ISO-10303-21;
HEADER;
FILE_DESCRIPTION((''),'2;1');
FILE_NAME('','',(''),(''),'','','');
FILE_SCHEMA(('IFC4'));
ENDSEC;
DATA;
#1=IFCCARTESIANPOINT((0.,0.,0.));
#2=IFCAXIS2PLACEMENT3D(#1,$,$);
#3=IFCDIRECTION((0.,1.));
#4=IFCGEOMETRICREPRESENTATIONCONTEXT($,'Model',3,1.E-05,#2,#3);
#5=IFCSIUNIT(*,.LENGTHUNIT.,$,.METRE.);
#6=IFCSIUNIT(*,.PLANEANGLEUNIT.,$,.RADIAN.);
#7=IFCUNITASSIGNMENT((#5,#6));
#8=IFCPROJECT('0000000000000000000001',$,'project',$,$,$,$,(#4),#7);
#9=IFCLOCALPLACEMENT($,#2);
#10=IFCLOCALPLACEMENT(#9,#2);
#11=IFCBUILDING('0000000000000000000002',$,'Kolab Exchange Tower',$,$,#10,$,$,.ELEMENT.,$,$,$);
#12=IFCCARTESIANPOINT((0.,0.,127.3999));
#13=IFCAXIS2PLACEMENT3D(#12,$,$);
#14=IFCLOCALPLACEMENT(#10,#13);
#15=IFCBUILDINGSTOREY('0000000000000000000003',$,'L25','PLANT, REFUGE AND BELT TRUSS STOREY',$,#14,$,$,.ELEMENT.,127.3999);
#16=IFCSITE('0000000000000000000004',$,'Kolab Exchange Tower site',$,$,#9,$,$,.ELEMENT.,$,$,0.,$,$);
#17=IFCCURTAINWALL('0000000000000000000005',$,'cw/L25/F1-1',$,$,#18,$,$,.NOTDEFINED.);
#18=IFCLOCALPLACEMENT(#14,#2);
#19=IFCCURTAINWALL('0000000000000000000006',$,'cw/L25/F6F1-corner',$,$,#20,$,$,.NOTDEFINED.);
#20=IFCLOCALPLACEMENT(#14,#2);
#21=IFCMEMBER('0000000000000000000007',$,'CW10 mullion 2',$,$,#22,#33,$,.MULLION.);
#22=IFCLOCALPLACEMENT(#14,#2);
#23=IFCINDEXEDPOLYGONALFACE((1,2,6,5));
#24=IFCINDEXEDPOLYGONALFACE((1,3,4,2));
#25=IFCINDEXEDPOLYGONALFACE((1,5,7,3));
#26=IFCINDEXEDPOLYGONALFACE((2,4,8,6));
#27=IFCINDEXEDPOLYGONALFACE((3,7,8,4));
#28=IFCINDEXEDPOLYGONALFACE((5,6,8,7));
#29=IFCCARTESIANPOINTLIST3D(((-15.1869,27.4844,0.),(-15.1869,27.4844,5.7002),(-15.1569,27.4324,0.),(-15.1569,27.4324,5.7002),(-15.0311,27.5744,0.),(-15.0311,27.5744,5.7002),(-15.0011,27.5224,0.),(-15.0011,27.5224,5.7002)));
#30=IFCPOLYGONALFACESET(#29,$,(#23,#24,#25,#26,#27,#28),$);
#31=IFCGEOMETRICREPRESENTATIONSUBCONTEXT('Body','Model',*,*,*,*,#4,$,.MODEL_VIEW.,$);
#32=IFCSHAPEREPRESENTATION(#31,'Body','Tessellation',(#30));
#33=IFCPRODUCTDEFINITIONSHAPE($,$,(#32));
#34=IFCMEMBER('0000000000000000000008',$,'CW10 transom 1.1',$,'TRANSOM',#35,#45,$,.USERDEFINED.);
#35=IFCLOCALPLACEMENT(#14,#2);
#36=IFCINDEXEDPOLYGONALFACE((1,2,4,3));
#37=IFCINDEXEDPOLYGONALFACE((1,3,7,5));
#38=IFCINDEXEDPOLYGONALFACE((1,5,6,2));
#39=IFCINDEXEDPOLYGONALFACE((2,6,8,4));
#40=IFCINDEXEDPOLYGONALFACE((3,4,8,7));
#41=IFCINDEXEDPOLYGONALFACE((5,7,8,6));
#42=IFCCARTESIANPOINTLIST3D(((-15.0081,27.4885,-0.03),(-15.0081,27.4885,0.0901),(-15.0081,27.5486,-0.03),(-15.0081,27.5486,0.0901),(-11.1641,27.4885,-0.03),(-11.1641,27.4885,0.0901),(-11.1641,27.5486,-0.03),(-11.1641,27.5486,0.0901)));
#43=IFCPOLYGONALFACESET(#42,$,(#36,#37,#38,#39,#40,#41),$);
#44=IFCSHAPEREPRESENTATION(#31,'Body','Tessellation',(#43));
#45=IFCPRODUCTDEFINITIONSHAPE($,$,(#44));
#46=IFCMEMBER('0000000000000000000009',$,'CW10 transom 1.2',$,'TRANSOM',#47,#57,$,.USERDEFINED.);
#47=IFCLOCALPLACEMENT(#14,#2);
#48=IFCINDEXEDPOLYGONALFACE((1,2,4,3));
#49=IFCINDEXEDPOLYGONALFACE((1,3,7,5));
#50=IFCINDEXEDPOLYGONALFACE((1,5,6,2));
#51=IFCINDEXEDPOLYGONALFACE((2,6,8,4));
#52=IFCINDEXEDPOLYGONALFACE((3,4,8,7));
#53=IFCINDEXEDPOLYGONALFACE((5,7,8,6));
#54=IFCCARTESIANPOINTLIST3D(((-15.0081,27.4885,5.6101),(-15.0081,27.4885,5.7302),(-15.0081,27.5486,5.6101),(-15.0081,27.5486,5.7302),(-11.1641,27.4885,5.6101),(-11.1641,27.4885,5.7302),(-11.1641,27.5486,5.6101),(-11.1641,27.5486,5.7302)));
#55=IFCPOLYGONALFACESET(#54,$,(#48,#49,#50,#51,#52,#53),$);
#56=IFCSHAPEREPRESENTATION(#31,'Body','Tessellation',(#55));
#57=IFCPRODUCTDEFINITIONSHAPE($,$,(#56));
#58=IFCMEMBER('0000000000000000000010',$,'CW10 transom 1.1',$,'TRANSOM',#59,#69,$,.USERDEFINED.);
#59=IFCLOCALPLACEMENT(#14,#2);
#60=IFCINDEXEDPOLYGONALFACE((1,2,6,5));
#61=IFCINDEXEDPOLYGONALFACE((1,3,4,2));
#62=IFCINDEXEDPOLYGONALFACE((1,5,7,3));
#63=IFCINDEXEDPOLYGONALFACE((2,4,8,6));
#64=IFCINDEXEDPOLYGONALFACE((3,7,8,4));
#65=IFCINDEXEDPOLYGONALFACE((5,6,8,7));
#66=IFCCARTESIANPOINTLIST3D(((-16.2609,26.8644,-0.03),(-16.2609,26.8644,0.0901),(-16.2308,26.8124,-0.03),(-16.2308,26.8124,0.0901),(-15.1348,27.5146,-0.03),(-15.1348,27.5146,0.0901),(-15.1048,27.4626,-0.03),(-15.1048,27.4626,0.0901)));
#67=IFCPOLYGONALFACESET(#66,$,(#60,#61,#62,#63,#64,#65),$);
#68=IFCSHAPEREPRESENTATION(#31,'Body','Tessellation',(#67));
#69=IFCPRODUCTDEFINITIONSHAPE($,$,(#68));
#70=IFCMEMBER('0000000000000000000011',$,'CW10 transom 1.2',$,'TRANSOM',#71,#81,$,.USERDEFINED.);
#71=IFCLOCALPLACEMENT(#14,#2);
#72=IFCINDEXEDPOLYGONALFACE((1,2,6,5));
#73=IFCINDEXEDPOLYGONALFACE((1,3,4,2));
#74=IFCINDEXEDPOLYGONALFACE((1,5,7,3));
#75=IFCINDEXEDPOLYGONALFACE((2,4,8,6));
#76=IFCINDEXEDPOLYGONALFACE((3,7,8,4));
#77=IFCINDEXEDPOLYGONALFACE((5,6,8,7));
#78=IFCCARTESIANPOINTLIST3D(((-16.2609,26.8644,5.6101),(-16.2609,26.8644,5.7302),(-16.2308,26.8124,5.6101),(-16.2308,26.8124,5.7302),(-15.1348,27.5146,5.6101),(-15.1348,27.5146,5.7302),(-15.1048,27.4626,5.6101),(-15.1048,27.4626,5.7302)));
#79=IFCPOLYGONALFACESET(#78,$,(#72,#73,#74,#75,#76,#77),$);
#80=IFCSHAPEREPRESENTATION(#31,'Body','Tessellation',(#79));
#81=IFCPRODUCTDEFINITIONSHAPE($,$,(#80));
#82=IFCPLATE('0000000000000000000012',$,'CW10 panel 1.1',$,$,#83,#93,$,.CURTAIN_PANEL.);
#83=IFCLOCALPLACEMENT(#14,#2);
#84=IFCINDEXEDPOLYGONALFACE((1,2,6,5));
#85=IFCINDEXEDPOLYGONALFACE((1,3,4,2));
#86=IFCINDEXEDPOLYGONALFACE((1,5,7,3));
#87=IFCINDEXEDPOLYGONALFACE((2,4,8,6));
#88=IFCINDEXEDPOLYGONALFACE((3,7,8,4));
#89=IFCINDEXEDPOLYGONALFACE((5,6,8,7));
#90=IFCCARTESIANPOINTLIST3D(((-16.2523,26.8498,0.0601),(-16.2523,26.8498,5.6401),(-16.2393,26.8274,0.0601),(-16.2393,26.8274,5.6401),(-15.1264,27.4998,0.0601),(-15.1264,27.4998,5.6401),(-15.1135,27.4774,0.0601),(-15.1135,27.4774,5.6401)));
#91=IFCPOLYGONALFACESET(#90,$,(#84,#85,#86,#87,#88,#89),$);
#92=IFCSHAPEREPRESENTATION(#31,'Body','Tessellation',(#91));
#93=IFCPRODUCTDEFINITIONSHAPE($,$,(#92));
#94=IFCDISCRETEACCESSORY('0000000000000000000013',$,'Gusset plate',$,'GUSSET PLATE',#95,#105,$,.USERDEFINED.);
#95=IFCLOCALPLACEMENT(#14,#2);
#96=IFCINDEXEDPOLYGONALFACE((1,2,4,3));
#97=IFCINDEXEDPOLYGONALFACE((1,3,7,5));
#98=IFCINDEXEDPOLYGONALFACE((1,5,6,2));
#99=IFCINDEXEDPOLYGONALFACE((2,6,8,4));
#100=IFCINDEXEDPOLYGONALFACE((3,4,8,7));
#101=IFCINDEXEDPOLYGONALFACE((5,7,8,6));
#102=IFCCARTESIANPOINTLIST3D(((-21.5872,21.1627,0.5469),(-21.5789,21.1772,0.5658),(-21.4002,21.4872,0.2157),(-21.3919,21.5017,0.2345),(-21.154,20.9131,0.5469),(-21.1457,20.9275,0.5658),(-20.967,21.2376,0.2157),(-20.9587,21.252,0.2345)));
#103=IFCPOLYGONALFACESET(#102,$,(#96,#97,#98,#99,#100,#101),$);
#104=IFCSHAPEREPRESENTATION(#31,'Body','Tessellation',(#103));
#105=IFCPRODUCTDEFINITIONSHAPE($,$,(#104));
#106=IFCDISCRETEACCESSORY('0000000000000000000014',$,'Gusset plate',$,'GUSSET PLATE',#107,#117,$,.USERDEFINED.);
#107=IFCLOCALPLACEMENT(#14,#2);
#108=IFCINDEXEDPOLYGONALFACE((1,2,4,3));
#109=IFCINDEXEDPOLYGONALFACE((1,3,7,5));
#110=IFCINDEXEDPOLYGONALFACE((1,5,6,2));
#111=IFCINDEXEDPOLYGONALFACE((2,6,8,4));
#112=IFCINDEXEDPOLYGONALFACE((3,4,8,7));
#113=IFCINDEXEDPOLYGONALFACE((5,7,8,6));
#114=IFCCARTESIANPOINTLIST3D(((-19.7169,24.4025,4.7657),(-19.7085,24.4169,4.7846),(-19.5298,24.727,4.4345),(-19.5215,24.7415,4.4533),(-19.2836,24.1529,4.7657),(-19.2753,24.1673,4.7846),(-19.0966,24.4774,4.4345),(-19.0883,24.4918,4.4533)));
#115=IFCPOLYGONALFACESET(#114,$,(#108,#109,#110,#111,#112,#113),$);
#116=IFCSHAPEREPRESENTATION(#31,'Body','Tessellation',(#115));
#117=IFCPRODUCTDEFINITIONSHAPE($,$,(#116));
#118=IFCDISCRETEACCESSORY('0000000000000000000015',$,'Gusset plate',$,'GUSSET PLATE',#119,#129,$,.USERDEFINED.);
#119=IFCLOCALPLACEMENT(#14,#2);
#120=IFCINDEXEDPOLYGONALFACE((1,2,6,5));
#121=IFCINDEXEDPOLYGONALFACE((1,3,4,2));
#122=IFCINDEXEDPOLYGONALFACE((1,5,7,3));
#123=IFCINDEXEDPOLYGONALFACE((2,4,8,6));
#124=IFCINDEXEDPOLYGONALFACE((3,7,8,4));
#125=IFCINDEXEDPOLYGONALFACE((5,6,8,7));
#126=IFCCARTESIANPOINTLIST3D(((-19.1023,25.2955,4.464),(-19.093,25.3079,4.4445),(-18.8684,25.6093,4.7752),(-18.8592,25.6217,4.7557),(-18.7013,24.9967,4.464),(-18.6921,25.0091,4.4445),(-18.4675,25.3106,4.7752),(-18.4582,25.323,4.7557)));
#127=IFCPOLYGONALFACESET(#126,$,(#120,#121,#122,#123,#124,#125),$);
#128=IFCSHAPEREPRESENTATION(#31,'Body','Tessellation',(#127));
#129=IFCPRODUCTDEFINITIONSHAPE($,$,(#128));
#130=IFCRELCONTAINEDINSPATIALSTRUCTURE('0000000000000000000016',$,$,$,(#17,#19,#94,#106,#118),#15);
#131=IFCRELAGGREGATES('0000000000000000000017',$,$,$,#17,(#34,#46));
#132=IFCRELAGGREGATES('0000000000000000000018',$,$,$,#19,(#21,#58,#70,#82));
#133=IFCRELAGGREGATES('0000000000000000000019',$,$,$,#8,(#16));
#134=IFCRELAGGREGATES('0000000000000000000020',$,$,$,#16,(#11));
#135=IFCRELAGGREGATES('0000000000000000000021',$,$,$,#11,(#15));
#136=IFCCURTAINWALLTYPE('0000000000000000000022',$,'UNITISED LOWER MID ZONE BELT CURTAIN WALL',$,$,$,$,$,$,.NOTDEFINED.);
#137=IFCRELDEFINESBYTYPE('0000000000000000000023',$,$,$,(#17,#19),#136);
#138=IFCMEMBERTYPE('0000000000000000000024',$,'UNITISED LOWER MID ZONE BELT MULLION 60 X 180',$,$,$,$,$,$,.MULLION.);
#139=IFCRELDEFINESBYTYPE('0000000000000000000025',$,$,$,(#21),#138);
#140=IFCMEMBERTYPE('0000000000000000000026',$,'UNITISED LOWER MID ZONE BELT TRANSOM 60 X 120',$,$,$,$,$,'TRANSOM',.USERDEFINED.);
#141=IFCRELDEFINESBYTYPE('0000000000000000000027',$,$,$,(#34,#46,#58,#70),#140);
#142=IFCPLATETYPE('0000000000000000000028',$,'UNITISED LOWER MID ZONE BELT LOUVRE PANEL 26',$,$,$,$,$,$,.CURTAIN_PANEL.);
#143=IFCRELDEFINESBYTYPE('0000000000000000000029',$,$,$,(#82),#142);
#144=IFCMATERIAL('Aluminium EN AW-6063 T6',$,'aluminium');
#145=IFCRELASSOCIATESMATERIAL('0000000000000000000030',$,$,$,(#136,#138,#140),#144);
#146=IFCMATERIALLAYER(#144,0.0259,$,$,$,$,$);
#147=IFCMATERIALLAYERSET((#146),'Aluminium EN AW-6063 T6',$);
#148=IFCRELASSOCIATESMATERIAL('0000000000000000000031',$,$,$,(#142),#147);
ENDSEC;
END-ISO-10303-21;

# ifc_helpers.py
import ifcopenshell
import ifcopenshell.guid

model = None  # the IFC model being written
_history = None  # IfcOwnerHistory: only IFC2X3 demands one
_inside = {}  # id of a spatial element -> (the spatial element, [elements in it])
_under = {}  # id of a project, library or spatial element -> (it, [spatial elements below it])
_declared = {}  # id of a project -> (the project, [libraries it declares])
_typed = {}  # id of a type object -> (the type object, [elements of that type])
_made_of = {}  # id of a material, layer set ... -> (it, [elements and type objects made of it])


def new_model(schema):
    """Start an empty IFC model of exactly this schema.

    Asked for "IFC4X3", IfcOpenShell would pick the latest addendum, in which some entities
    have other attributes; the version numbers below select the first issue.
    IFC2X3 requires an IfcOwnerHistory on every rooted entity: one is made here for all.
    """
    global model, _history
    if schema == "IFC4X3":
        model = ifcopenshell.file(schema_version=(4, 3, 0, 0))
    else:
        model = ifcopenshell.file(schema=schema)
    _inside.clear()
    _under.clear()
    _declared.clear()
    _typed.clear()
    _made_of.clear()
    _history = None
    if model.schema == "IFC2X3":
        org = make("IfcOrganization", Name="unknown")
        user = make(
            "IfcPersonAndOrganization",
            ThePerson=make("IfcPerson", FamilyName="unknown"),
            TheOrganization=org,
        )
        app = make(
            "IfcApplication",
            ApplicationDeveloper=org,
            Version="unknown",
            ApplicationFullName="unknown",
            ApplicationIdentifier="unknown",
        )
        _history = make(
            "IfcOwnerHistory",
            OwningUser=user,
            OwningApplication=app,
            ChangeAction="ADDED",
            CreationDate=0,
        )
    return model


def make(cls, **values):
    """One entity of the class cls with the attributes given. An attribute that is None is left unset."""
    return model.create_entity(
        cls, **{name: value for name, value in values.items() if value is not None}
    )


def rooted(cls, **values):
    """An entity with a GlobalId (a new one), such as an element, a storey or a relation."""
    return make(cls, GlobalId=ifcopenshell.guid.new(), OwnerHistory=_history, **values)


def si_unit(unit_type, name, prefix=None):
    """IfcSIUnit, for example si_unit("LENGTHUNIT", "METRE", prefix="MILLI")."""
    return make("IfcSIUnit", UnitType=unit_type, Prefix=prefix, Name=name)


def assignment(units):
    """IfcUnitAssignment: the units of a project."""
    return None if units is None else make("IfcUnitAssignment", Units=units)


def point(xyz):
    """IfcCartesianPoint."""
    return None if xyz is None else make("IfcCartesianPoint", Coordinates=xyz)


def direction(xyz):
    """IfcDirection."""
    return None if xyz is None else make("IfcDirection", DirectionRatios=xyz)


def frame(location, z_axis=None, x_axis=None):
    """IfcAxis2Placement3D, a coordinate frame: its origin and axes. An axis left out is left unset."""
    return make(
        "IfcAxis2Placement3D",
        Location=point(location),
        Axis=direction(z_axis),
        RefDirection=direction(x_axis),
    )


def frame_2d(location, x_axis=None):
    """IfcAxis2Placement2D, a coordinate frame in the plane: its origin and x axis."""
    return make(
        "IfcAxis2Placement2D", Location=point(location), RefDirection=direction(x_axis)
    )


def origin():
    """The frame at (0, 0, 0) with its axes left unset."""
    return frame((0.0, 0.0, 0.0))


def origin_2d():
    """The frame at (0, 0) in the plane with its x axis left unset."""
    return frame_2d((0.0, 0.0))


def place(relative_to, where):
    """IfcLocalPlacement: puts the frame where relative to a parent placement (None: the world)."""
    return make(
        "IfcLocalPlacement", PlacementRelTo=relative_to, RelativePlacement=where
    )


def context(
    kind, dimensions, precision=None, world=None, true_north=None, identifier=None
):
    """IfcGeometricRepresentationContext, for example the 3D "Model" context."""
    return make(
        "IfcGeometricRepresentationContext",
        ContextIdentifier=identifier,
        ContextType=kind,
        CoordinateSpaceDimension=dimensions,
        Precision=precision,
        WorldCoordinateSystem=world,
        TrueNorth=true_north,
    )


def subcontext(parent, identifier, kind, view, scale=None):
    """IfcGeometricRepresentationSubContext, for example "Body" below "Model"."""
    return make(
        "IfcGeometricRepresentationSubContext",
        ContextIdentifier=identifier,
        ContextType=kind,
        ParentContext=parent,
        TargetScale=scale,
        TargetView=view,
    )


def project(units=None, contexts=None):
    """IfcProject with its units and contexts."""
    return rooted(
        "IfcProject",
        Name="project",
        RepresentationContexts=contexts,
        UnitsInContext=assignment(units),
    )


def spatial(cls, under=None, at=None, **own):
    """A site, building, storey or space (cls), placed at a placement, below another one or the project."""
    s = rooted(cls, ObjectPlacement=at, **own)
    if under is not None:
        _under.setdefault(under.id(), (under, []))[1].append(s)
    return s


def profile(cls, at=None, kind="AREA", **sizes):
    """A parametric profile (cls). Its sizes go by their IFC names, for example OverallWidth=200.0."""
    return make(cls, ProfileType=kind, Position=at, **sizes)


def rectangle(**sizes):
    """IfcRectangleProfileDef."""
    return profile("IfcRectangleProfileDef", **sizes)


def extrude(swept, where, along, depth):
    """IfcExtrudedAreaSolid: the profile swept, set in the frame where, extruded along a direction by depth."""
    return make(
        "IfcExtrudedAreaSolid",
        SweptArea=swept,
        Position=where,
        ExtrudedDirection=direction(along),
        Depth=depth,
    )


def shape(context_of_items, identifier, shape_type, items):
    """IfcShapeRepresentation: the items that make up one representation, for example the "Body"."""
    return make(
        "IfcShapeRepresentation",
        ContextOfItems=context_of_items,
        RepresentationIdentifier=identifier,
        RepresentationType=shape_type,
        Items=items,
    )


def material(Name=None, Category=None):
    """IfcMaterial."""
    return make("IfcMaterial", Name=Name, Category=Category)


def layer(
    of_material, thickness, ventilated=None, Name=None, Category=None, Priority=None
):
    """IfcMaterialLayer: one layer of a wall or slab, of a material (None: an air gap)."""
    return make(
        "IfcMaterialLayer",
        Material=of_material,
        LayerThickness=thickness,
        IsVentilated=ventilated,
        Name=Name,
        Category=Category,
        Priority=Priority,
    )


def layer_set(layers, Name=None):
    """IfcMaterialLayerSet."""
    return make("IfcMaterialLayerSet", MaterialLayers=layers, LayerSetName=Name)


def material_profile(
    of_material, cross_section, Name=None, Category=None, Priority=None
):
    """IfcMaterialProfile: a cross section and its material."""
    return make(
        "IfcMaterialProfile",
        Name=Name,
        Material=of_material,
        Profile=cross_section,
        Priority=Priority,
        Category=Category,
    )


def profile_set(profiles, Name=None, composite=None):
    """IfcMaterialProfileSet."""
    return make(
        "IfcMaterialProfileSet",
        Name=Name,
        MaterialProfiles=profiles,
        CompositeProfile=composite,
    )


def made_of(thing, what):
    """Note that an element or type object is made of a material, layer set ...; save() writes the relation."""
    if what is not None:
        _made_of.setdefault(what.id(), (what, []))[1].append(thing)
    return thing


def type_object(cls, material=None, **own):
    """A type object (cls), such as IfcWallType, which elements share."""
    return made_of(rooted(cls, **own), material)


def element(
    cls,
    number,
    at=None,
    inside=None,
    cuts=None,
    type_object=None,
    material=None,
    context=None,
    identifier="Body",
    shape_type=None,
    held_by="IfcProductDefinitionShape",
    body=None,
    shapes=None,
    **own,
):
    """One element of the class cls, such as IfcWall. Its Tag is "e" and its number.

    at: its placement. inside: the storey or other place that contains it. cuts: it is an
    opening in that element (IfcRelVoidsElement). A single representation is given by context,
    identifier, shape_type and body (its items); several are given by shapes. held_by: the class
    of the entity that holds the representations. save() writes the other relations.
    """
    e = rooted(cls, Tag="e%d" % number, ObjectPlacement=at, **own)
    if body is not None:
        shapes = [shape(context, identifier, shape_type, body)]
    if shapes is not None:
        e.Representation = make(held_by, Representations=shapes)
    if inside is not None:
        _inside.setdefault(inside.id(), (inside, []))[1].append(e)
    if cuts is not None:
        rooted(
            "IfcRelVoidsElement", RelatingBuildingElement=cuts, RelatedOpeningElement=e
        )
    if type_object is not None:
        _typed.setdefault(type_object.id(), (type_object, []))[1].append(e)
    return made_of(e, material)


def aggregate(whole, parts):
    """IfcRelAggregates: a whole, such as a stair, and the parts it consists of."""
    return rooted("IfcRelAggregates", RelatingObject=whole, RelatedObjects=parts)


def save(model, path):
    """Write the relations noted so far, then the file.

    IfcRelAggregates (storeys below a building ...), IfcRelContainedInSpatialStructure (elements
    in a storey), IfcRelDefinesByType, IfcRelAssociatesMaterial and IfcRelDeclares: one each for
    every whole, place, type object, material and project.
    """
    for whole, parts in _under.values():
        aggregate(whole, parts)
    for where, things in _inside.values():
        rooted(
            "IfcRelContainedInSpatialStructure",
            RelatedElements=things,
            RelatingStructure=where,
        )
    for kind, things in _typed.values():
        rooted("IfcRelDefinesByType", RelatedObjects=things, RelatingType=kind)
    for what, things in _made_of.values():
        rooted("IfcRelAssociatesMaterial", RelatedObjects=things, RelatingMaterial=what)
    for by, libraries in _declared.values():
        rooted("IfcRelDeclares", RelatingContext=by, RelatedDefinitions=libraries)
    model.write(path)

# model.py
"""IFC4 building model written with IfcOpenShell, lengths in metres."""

from ifc_helpers import new_model, si_unit, direction, frame, origin, origin_2d, place, context, subcontext, project, spatial, rectangle, extrude, material, layer, layer_set, material_profile, profile_set, type_object, element, aggregate, save


model = new_model("IFC4")

# Units and contexts
model_context = context("Model", 3, precision=1e-05, world=origin(), true_north=direction((0.0, 1.0)))
body_context = subcontext(model_context, "Body", "Model", "MODEL_VIEW")
ifc_project = project(units=[si_unit("LENGTHUNIT", "METRE"), si_unit("PLANEANGLEUNIT", "RADIAN")], contexts=[model_context])

# Site, building, storey
site_placement = place(None, origin())
site = spatial("IfcSite", under=ifc_project, at=site_placement, Name="Kolab Exchange Tower site", CompositionType="ELEMENT", RefElevation=0.0)
building_placement = place(site_placement, origin())
building = spatial("IfcBuilding", under=site, at=building_placement, Name="Kolab Exchange Tower", CompositionType="ELEMENT")
storey_placement = place(building_placement, frame((0.0, 0.0, 127.3999)))
storey = spatial("IfcBuildingStorey", under=building, at=storey_placement, Name="L25", Description="PLANT, REFUGE AND BELT TRUSS STOREY", CompositionType="ELEMENT", Elevation=127.3999)

# Shared definitions
ifc_material_1 = material(Name="Aluminium EN AW-6063 T6", Category="aluminium")

# Curtain wall
curtain_wall_type_1 = type_object("IfcCurtainWallType", Name="UNITISED LOWER MID ZONE BELT CURTAIN WALL", PredefinedType="NOTDEFINED", material=ifc_material_1)
curtain_wall_1_placement = place(storey_placement, origin())
curtain_wall_1 = element("IfcCurtainWall", 1, at=curtain_wall_1_placement, inside=storey, type_object=curtain_wall_type_1, Name="cw/L25/F1-1", PredefinedType="NOTDEFINED")
ifc_material_profile_1 = material_profile(ifc_material_1, rectangle(XDim=0.0601, YDim=0.1799, at=origin_2d()), Name="RECT 60X180")
ifc_profile_set_1 = profile_set([ifc_material_profile_1], Name="Aluminium EN AW-6063 T6")
member_type_1 = type_object("IfcMemberType", Name="UNITISED LOWER MID ZONE BELT MULLION 60 X 180", PredefinedType="MULLION", material=ifc_profile_set_1)

# Curtain wall, member
curtain_wall_2_placement = place(storey_placement, origin())
curtain_wall_2 = element("IfcCurtainWall", 2, at=curtain_wall_2_placement, inside=storey, type_object=curtain_wall_type_1, Name="cw/L25/F6F1-corner", PredefinedType="NOTDEFINED")
member_1_placement = place(storey_placement, frame((-15.094, 27.5034, 0.0), z_axis=(0.0, 0.0, 1.0), x_axis=(-0.5, 0.866025, 0.0)))
member_1 = element("IfcMember", 3, at=member_1_placement, type_object=member_type_1, Name="CW10 mullion 2", PredefinedType="MULLION", context=body_context, shape_type="SweptSolid", body=[
    extrude(rectangle(XDim=0.0601, YDim=0.1799, at=origin_2d()), origin(), (0.0, 0.0, 1.0), 5.7002),
])

# Members
ifc_material_profile_2 = material_profile(ifc_material_1, rectangle(XDim=0.0601, YDim=0.1201, at=origin_2d()), Name="RECT 60X120")
ifc_profile_set_2 = profile_set([ifc_material_profile_2], Name="Aluminium EN AW-6063 T6")
member_type_2 = type_object("IfcMemberType", Name="UNITISED LOWER MID ZONE BELT TRANSOM 60 X 120", ElementType="TRANSOM", PredefinedType="USERDEFINED", material=ifc_profile_set_2)
member_2_placement = place(storey_placement, frame((-15.0081, 27.5186, 0.03), z_axis=(1.0, 0.0, 0.0), x_axis=(0.0, 1.0, 0.0)))
member_2 = element("IfcMember", 4, at=member_2_placement, type_object=member_type_2, Name="CW10 transom 1.1", ObjectType="TRANSOM", PredefinedType="USERDEFINED", context=body_context, shape_type="SweptSolid", body=[
    extrude(rectangle(XDim=0.0601, YDim=0.1201, at=origin_2d()), origin(), (0.0, 0.0, 1.0), 3.844),
])
member_3_placement = place(storey_placement, frame((-15.0081, 27.5186, 5.6702), z_axis=(1.0, 0.0, 0.0), x_axis=(0.0, 1.0, 0.0)))
member_3 = element("IfcMember", 5, at=member_3_placement, type_object=member_type_2, Name="CW10 transom 1.2", ObjectType="TRANSOM", PredefinedType="USERDEFINED", context=body_context, shape_type="SweptSolid", body=[
    extrude(rectangle(XDim=0.0601, YDim=0.1201, at=origin_2d()), origin(), (0.0, 0.0, 1.0), 3.844),
])
aggregate(curtain_wall_1, [member_2, member_3])
member_4_placement = place(storey_placement, frame((-16.2458, 26.8384, 0.03), z_axis=(0.866004, 0.500037, 0.0), x_axis=(-0.500037, 0.866004, 0.0)))
member_4 = element("IfcMember", 6, at=member_4_placement, type_object=member_type_2, Name="CW10 transom 1.1", ObjectType="TRANSOM", PredefinedType="USERDEFINED", context=body_context, shape_type="SweptSolid", body=[
    extrude(rectangle(XDim=0.0601, YDim=0.1201, at=origin_2d()), origin(), (0.0, 0.0, 1.0), 1.3003),
])
member_5_placement = place(storey_placement, frame((-16.2458, 26.8384, 5.6702), z_axis=(0.866004, 0.500037, 0.0), x_axis=(-0.500037, 0.866004, 0.0)))
member_5 = element("IfcMember", 7, at=member_5_placement, type_object=member_type_2, Name="CW10 transom 1.2", ObjectType="TRANSOM", PredefinedType="USERDEFINED", context=body_context, shape_type="SweptSolid", body=[
    extrude(rectangle(XDim=0.0601, YDim=0.1201, at=origin_2d()), origin(), (0.0, 0.0, 1.0), 1.3003),
])

# Plate
ifc_layer = layer(ifc_material_1, 0.0259)
ifc_layer_set = layer_set([ifc_layer], Name="Aluminium EN AW-6063 T6")
plate_type = type_object("IfcPlateType", Name="UNITISED LOWER MID ZONE BELT LOUVRE PANEL 26", PredefinedType="CURTAIN_PANEL", material=ifc_layer_set)
plate_placement = place(storey_placement, frame((-15.6829, 27.1636, 0.0601), z_axis=(0.0, 0.0, 1.0), x_axis=(0.866025, 0.5, 0.0)))
plate = element("IfcPlate", 8, at=plate_placement, type_object=plate_type, Name="CW10 panel 1.1", PredefinedType="CURTAIN_PANEL", context=body_context, shape_type="SweptSolid", body=[
    extrude(rectangle(XDim=1.3, YDim=0.0259, at=origin_2d()), origin(), (0.0, 0.0, 1.0), 5.5801),
])
aggregate(curtain_wall_2, [member_1, member_4, member_5, plate])

# Discrete accessories
for number, where, z_axis, x_axis, name in (
    (9, (-21.2688, 21.2146, 0.4001), (-0.330768, -0.57398, -0.749092), (0.86643, -0.499299, 0.0), "Gusset plate"),
    (10, (-19.4067, 24.4399, 4.6001), (0.330768, 0.57398, 0.749092), (-0.86643, 0.499299, 0.0), "Gusset plate"),
):
    element("IfcDiscreteAccessory", number, at=place(storey_placement, frame(where, z_axis=z_axis, x_axis=x_axis)), inside=storey, Name=name, ObjectType="GUSSET PLATE", PredefinedType="USERDEFINED", context=body_context, shape_type="SweptSolid", body=[
        extrude(rectangle(XDim=0.5, YDim=0.5, at=origin_2d()), origin(), (0.0, 0.0, 1.0), 0.0251),
    ])
discrete_accessory_placement = place(storey_placement, frame((-18.7756, 25.3154, 4.6001), z_axis=(-0.371817, -0.499018, 0.782773), x_axis=(0.801883, -0.597481, 0.0)))
element("IfcDiscreteAccessory", 11, at=discrete_accessory_placement, inside=storey, Name="Gusset plate", ObjectType="GUSSET PLATE", PredefinedType="USERDEFINED", context=body_context, shape_type="SweptSolid", body=[
    extrude(rectangle(XDim=0.5, YDim=0.5, at=origin_2d()), origin(), (0.0, 0.0, 1.0), 0.0249),
])

save(model, "model.ifc")
